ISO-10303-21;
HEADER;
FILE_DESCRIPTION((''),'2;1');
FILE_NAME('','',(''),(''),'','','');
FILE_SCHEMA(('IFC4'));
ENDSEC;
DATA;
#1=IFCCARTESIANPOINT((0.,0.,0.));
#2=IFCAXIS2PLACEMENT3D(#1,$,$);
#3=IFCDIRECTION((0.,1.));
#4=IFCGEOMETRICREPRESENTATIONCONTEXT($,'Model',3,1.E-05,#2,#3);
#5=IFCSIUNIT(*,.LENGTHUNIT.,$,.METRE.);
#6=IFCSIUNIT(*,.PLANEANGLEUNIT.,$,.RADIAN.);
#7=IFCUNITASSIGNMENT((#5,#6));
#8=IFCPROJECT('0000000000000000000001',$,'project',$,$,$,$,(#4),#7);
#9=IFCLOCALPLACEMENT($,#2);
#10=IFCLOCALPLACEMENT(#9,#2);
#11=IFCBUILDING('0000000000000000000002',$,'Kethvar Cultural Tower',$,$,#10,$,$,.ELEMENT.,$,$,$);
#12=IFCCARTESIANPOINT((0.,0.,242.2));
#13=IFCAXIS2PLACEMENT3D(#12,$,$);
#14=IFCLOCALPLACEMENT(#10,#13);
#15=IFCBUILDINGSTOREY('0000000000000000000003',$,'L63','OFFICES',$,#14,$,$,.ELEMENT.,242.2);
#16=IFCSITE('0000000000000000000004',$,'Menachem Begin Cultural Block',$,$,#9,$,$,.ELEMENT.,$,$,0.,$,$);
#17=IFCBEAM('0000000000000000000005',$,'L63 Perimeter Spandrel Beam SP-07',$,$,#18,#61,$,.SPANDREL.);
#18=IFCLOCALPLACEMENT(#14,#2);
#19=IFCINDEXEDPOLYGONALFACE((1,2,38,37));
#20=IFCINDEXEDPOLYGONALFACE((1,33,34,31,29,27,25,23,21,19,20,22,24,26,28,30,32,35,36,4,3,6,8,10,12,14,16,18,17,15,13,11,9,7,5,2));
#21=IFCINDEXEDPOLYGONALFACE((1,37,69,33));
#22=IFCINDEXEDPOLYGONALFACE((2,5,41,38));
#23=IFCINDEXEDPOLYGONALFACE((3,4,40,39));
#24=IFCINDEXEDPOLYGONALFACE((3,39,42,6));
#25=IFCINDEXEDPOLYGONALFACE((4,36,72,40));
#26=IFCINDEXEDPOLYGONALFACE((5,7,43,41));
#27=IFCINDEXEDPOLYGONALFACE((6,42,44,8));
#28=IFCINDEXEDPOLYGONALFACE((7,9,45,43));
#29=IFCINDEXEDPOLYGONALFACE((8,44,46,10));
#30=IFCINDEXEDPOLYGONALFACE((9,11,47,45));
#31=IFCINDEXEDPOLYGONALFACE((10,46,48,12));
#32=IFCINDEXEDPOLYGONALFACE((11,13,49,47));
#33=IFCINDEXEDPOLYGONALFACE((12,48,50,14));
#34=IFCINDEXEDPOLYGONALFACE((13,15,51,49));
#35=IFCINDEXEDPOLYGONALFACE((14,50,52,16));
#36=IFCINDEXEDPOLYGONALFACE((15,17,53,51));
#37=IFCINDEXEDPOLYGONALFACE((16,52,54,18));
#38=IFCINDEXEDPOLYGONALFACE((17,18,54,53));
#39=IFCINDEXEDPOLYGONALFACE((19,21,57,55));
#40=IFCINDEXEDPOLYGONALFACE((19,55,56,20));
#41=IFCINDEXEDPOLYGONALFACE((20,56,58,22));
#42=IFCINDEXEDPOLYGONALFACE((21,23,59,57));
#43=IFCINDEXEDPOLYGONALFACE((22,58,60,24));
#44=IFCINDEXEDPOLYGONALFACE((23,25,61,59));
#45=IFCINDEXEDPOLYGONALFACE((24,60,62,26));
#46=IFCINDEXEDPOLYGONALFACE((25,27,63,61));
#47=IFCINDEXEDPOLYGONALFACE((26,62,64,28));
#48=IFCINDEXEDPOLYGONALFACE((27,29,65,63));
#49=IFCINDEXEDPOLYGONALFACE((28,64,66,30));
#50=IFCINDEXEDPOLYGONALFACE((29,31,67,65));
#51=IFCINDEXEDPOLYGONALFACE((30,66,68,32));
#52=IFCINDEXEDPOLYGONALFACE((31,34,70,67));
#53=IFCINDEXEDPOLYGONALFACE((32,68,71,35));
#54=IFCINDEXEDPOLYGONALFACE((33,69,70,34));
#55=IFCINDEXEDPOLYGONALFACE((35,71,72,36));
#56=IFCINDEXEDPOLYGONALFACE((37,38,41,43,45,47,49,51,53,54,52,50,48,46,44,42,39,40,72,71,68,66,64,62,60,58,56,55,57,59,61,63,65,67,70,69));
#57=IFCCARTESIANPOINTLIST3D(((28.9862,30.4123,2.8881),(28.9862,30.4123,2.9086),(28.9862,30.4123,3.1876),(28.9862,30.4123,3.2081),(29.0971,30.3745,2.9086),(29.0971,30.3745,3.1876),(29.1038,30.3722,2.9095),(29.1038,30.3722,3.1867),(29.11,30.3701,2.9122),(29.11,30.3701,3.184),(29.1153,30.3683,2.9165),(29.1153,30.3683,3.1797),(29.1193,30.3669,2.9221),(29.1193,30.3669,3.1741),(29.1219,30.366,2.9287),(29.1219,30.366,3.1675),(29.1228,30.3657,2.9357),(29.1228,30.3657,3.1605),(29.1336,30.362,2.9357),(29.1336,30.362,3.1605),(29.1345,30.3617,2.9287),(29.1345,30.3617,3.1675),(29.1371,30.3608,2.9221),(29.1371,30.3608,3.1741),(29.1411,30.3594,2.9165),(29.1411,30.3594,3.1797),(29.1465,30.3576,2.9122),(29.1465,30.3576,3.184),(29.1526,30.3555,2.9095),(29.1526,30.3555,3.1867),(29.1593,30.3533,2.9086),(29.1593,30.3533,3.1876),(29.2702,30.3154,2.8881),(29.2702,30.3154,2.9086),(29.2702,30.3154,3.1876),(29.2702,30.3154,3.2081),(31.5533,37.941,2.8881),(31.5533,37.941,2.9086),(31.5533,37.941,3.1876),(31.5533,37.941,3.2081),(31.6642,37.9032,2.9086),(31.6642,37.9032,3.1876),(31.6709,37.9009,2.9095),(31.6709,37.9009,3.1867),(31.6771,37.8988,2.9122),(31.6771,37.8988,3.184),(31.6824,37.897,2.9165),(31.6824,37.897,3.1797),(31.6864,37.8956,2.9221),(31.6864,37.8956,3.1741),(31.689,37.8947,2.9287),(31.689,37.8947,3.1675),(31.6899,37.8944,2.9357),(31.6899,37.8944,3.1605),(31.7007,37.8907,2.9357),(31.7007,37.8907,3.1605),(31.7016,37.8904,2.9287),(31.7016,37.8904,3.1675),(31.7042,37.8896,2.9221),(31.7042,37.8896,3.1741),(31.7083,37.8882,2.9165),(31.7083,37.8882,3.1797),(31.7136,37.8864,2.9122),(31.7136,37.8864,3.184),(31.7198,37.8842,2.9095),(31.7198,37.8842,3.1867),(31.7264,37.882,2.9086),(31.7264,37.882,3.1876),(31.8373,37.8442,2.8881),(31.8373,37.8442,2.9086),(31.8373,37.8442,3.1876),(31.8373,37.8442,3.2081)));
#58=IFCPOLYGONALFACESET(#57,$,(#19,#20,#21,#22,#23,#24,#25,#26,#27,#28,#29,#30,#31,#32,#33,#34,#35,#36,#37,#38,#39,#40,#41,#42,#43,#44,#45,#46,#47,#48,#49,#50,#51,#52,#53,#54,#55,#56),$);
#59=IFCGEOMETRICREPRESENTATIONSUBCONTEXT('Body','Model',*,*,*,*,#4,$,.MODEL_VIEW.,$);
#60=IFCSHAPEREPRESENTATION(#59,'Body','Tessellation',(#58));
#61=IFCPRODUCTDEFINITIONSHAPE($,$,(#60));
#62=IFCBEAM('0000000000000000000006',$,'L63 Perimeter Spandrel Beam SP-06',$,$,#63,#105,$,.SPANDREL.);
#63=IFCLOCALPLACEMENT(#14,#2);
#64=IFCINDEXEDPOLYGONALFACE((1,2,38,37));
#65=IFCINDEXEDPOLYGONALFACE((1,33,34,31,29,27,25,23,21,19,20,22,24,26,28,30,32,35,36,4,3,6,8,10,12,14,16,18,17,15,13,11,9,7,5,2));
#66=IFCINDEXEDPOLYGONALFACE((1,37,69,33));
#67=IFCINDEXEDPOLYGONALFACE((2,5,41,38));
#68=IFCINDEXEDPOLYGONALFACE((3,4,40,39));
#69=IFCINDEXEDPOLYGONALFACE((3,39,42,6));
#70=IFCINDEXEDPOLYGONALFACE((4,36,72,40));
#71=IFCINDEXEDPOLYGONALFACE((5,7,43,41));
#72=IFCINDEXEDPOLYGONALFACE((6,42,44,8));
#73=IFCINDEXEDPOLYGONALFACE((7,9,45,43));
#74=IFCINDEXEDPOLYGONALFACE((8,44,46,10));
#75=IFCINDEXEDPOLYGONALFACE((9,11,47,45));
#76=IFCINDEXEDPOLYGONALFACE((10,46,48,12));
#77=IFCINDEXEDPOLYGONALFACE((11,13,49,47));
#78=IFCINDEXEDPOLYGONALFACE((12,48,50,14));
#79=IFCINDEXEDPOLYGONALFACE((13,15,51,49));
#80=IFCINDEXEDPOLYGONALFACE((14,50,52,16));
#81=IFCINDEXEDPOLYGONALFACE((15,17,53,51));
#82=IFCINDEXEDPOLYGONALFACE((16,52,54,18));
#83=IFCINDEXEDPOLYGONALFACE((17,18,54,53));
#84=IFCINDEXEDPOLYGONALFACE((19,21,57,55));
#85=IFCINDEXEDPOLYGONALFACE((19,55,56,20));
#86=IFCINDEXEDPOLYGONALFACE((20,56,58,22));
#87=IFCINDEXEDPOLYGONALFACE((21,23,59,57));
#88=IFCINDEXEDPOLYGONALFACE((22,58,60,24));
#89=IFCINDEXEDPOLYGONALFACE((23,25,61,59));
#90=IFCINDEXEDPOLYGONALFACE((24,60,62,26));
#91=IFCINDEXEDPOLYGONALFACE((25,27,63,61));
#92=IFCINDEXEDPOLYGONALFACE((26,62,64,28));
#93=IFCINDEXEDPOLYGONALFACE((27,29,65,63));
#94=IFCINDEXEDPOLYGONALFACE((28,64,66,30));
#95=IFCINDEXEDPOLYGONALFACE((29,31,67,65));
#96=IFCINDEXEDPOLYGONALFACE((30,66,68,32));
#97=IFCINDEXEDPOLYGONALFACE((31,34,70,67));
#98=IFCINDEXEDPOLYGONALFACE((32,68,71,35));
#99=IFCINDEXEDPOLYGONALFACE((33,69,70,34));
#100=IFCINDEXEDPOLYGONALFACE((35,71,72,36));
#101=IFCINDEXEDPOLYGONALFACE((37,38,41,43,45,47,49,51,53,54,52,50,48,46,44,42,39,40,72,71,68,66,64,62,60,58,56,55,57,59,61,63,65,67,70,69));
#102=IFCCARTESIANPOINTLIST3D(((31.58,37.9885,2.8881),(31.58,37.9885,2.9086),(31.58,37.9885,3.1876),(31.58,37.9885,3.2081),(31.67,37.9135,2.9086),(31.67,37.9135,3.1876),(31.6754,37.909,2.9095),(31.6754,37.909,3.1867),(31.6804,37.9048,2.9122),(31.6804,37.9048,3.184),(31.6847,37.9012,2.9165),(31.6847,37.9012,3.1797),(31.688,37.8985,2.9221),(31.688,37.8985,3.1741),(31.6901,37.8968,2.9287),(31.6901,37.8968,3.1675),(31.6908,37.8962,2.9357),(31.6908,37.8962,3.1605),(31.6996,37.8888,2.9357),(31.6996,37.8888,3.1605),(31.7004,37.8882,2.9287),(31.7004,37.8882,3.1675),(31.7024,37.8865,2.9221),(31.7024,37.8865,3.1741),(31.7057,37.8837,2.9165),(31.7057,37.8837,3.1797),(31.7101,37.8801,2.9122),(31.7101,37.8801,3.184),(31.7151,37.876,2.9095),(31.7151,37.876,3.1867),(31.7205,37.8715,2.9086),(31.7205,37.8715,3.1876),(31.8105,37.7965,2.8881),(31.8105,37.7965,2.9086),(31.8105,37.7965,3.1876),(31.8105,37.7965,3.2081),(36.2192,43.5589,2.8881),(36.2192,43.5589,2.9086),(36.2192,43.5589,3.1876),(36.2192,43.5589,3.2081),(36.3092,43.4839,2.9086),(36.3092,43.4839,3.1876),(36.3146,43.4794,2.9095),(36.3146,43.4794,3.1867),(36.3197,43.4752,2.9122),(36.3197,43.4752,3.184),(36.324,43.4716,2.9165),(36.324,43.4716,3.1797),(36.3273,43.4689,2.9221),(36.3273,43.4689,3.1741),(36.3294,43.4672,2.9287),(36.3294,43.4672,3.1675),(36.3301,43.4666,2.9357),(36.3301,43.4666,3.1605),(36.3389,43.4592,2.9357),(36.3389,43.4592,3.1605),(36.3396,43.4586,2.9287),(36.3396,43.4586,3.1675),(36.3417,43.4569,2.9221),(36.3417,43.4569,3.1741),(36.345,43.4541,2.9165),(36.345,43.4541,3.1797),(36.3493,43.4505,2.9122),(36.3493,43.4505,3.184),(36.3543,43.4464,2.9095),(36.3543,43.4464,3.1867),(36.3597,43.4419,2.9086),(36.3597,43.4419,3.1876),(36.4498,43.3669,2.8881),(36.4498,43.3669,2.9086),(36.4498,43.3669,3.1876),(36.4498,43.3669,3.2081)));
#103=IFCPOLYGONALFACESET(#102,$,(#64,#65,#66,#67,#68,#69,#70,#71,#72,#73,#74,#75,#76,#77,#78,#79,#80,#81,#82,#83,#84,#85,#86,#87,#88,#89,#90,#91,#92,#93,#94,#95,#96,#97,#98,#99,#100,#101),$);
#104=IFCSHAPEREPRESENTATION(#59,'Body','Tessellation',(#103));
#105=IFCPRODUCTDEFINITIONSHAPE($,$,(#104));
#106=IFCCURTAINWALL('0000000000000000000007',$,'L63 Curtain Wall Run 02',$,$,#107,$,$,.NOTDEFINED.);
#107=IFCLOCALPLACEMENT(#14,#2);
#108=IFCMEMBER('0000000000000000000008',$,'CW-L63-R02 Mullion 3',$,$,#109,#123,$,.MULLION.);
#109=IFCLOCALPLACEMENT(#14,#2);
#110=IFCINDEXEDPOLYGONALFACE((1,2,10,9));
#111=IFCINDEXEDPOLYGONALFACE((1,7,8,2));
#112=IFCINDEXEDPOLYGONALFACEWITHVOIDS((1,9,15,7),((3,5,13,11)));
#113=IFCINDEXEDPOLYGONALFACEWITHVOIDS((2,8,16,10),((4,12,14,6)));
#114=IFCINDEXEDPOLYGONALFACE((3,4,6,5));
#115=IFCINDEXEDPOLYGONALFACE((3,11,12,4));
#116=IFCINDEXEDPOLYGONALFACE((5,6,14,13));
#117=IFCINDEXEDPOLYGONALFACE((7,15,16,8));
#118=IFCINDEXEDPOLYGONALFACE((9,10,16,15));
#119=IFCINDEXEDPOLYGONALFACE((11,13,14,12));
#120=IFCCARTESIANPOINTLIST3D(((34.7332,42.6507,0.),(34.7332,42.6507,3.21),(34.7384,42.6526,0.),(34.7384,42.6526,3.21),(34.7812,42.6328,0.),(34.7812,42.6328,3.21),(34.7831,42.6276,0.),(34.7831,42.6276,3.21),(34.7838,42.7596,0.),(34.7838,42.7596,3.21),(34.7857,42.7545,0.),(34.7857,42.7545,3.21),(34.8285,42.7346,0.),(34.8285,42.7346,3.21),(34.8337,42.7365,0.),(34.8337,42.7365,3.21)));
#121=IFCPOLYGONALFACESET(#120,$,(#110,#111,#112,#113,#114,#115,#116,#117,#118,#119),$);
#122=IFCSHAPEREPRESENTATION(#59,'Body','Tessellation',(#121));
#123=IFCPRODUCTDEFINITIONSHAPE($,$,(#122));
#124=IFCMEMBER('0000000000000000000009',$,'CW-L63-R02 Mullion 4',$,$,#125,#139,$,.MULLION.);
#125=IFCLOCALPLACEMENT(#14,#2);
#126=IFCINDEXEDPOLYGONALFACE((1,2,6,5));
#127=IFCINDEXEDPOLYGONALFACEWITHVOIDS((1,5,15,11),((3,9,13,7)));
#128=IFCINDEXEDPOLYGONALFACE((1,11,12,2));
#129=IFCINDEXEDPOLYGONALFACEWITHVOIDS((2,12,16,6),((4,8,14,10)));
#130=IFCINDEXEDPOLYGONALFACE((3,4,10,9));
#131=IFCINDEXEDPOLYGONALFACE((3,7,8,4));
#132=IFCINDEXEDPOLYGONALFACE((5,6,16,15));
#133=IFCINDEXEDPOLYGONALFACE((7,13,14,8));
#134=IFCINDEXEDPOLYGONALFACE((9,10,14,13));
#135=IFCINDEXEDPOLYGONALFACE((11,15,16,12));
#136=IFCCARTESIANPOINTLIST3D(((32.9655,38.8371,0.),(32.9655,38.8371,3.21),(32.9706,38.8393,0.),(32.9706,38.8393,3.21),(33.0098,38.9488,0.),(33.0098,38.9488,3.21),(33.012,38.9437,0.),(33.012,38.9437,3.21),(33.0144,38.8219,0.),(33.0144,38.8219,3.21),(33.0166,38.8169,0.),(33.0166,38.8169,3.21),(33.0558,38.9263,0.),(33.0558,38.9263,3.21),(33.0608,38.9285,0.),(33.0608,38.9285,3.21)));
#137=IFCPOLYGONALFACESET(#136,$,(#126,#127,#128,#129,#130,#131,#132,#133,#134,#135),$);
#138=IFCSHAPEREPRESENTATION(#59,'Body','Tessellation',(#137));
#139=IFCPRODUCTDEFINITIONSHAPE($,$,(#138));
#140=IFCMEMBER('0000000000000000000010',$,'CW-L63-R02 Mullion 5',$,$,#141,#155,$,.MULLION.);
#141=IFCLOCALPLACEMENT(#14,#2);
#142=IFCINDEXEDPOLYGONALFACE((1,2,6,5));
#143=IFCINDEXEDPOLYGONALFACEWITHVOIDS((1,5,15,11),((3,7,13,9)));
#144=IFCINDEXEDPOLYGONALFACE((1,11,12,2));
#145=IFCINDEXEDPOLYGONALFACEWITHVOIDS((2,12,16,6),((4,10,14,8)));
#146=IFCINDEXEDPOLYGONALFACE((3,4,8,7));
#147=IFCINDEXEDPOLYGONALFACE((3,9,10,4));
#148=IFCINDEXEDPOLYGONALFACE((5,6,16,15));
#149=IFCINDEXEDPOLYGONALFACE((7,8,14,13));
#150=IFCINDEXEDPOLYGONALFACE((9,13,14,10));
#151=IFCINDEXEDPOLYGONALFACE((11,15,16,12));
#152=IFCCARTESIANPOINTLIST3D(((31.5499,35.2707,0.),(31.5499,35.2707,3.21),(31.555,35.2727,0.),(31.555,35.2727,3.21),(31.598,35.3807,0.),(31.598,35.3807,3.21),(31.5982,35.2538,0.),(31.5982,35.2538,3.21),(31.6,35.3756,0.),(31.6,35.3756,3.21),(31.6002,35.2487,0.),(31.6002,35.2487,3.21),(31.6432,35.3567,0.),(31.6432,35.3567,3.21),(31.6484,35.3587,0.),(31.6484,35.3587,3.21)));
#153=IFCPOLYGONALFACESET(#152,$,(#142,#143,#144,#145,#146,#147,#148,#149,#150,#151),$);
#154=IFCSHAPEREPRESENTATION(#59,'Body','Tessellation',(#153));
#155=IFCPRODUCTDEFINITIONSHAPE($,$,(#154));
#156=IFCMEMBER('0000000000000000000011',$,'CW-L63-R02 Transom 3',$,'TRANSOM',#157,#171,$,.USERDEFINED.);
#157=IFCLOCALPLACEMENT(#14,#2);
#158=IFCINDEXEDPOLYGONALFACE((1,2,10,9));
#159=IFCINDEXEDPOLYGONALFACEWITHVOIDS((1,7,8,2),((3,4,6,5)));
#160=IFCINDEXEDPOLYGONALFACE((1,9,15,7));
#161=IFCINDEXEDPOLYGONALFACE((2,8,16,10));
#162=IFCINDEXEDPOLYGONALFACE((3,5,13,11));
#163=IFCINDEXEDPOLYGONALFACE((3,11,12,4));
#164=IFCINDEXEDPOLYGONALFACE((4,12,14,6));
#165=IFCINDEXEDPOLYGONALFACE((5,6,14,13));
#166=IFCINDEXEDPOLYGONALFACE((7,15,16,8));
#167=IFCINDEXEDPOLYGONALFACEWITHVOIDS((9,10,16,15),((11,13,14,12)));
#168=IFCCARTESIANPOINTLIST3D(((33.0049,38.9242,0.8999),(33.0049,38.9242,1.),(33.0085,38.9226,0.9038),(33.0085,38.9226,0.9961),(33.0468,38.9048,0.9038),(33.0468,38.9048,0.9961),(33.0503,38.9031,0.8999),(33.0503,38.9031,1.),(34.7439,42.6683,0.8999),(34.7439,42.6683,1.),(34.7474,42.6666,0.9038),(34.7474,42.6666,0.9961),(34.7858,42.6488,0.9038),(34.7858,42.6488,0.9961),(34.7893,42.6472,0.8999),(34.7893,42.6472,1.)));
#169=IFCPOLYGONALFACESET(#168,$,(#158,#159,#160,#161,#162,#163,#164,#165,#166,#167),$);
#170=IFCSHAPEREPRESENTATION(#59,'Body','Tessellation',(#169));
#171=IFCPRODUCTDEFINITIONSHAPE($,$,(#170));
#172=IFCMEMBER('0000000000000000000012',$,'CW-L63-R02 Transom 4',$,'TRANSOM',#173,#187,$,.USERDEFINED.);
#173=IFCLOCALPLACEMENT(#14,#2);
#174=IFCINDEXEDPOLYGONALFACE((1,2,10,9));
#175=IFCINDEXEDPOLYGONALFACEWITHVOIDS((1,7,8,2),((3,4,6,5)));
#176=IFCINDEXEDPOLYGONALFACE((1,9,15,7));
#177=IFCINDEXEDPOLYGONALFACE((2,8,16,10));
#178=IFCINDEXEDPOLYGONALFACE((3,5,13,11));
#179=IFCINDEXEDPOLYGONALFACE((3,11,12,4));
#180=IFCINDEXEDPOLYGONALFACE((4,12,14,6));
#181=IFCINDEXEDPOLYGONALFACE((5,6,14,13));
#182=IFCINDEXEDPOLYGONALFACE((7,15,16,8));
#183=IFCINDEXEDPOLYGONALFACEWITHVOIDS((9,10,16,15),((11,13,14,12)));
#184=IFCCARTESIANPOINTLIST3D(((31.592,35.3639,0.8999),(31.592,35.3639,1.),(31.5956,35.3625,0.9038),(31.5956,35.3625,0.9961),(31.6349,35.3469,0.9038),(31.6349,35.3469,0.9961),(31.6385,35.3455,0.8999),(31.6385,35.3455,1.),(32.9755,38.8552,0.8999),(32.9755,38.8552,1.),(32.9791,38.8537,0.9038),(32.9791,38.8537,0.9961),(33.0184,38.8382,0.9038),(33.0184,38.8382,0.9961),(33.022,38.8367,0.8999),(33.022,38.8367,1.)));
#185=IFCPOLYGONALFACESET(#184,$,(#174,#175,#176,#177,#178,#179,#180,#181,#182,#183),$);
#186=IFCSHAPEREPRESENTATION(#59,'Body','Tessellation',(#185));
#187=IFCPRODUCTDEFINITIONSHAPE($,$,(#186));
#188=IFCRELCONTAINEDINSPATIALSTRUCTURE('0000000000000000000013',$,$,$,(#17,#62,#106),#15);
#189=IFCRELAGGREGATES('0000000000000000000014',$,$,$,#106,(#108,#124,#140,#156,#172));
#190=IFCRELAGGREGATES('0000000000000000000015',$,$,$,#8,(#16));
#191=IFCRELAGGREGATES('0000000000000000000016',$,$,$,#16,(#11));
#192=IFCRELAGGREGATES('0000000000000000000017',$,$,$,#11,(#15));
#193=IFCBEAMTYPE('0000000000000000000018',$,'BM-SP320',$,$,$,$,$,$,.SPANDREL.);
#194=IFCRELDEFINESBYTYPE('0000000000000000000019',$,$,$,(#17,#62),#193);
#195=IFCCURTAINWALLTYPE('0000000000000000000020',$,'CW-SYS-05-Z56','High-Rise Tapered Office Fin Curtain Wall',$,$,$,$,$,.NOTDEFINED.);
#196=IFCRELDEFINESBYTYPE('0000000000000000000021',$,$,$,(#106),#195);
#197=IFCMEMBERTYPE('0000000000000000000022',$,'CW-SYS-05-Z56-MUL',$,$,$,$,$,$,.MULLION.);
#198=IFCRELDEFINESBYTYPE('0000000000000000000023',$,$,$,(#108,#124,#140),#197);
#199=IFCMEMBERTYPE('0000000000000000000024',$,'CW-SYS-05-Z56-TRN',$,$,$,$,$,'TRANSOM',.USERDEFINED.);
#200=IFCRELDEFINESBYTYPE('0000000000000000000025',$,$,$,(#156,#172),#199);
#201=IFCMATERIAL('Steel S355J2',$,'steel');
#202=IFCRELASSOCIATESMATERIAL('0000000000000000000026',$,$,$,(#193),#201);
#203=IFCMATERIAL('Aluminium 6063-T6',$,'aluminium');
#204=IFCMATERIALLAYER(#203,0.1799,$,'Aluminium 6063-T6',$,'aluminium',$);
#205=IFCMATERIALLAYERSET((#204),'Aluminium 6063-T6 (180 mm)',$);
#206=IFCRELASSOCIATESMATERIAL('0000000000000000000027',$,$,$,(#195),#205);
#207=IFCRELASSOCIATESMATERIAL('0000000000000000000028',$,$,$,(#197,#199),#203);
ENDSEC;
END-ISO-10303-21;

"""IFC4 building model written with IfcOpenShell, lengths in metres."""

from ifc_helpers import new_model, si_unit, direction, frame, origin, origin_2d, place, context, subcontext, project, spatial, hollow_rectangle, i_section, extrude, source, transform, mapped, material, layer, layer_set, material_profile, profile_set, type_object, element, aggregate, save


model = new_model("IFC4")

# Units and contexts
model_context = context("Model", 3, precision=1e-05, world=origin(), true_north=direction((0.0, 1.0)))
body_context = subcontext(model_context, "Body", "Model", "MODEL_VIEW")
ifc_project = project(units=[si_unit("LENGTHUNIT", "METRE"), si_unit("PLANEANGLEUNIT", "RADIAN")], contexts=[model_context])

# Site, building, storey
site_placement = place(None, origin())
site = spatial("IfcSite", under=ifc_project, at=site_placement, Name="Menachem Begin Cultural Block", CompositionType="ELEMENT", RefElevation=0.0)
building_placement = place(site_placement, origin())
building = spatial("IfcBuilding", under=site, at=building_placement, Name="Kethvar Cultural Tower", CompositionType="ELEMENT")
storey_placement = place(building_placement, frame((0.0, 0.0, 242.2)))
storey = spatial("IfcBuildingStorey", under=building, at=storey_placement, Name="L63", Description="OFFICES", CompositionType="ELEMENT", Elevation=242.2)

# Beams
ifc_material_1 = material(Name="Steel S355J2", Category="steel")
ifc_material_profile_1 = material_profile(ifc_material_1, i_section(OverallWidth=0.3, OverallDepth=0.3201, WebThickness=0.0115, FlangeThickness=0.0205, FilletRadius=0.0271, at=origin_2d()), Name="Steel S355J2 — HEB320")
ifc_profile_set_1 = profile_set([ifc_material_profile_1], Name="Steel S355J2 — HEB320")
beam_type_1 = type_object("IfcBeamType", Name="BM-SP320", PredefinedType="SPANDREL", material=ifc_profile_set_1)
shared_shape_1 = source(origin(), body_context, "Body", "SweptSolid", [
    extrude(i_section(OverallWidth=0.3, OverallDepth=0.3201, WebThickness=0.0115, FlangeThickness=0.0205, FilletRadius=0.0271, at=origin_2d()), origin(), (0.0, 0.0, 1.0), 7.9543),
])
beam_1_placement = place(storey_placement, frame((31.6953, 37.8926, 3.0481), z_axis=(-0.32273, -0.946491, 0.0), x_axis=(0.946491, -0.32273, 0.0)))
element("IfcBeam", 1, at=beam_1_placement, inside=storey, type_object=beam_type_1, Name="L63 Perimeter Spandrel Beam SP-07", PredefinedType="SPANDREL", context=body_context, shape_type="MappedRepresentation", body=[
    mapped(shared_shape_1, transform((0.0, 0.0, 0.0), scale=1.0)),
])
shared_shape_2 = source(origin(), body_context, "Body", "SweptSolid", [
    extrude(i_section(OverallWidth=0.3, OverallDepth=0.3201, WebThickness=0.0115, FlangeThickness=0.0205, FilletRadius=0.0271, at=origin_2d()), origin(), (0.0, 0.0, 1.0), 7.2493),
])
beam_2_placement = place(storey_placement, frame((36.3345, 43.4629, 3.0481), z_axis=(-0.639959, -0.768409, 0.0), x_axis=(0.768409, -0.639959, 0.0)))
element("IfcBeam", 2, at=beam_2_placement, inside=storey, type_object=beam_type_1, Name="L63 Perimeter Spandrel Beam SP-06", PredefinedType="SPANDREL", context=body_context, shape_type="MappedRepresentation", body=[
    mapped(shared_shape_2, transform((0.0, 0.0, 0.0), scale=1.0)),
])

# Curtain wall, members
ifc_material_2 = material(Name="Aluminium 6063-T6", Category="aluminium")
ifc_layer_1 = layer(ifc_material_2, 0.1799, Name="Aluminium 6063-T6", Category="aluminium")
ifc_layer_set_1 = layer_set([ifc_layer_1], Name="Aluminium 6063-T6 (180 mm)")
curtain_wall_type = type_object("IfcCurtainWallType", Name="CW-SYS-05-Z56", Description="High-Rise Tapered Office Fin Curtain Wall", PredefinedType="NOTDEFINED", material=ifc_layer_set_1)
curtain_wall_placement = place(storey_placement, origin())
curtain_wall = element("IfcCurtainWall", 3, at=curtain_wall_placement, inside=storey, type_object=curtain_wall_type, Name="L63 Curtain Wall Run 02", PredefinedType="NOTDEFINED")
ifc_material_profile_2 = material_profile(ifc_material_2, hollow_rectangle(XDim=0.0549, YDim=0.1201, WallThickness=0.0039, at=origin_2d()), Name="Aluminium 6063-T6 — RHS120x55x4")
ifc_profile_set_2 = profile_set([ifc_material_profile_2], Name="Aluminium 6063-T6 — RHS120x55x4")
member_type_1 = type_object("IfcMemberType", Name="CW-SYS-05-Z56-MUL", PredefinedType="MULLION", material=ifc_profile_set_2)
shared_shape_3 = source(origin(), body_context, "Body", "SweptSolid", [
    extrude(hollow_rectangle(XDim=0.0549, YDim=0.1201, WallThickness=0.0039, at=origin_2d()), origin(), (0.0, 0.0, 1.0), 3.21),
])
member_1_placement = place(storey_placement, frame((34.7834, 42.6936, 0.0), z_axis=(0.0, 0.0, 1.0), x_axis=(0.906948, -0.421242, 0.0)))
member_1 = element("IfcMember", 4, at=member_1_placement, type_object=member_type_1, Name="CW-L63-R02 Mullion 3", PredefinedType="MULLION", context=body_context, shape_type="MappedRepresentation", body=[
    mapped(shared_shape_3, transform((0.0, 0.0, 0.0), scale=1.0)),
])
member_2_placement = place(storey_placement, frame((33.0132, 38.8828, 0.0), z_axis=(0.0, 0.0, 1.0), x_axis=(0.929667, -0.3684, 0.0)))
member_2 = element("IfcMember", 5, at=member_2_placement, type_object=member_type_1, Name="CW-L63-R02 Mullion 4", PredefinedType="MULLION", context=body_context, shape_type="MappedRepresentation", body=[
    mapped(shared_shape_3, transform((0.0, 0.0, 0.0), scale=1.0)),
])
member_3_placement = place(storey_placement, frame((31.5991, 35.3147, 0.0), z_axis=(0.0, 0.0, 1.0), x_axis=(0.916167, -0.400797, 0.0)))
member_3 = element("IfcMember", 6, at=member_3_placement, type_object=member_type_1, Name="CW-L63-R02 Mullion 5", PredefinedType="MULLION", context=body_context, shape_type="MappedRepresentation", body=[
    mapped(shared_shape_3, transform((0.0, 0.0, 0.0), scale=1.0)),
])
ifc_material_profile_3 = material_profile(ifc_material_2, hollow_rectangle(XDim=0.05, YDim=0.1001, WallThickness=0.0039, at=origin_2d()), Name="Aluminium 6063-T6 — RHS100x50x4")
ifc_profile_set_3 = profile_set([ifc_material_profile_3], Name="Aluminium 6063-T6 — RHS100x50x4")
member_type_2 = type_object("IfcMemberType", Name="CW-SYS-05-Z56-TRN", ElementType="TRANSOM", PredefinedType="USERDEFINED", material=ifc_profile_set_3)
shared_shape_4 = source(origin(), body_context, "Body", "SweptSolid", [
    extrude(hollow_rectangle(XDim=0.05, YDim=0.1001, WallThickness=0.0039, at=origin_2d()), origin(), (0.0, 0.0, 1.0), 4.1282),
])
member_4_placement = place(storey_placement, frame((34.7666, 42.6577, 0.95), z_axis=(-0.421243, -0.906948, 0.0), x_axis=(0.906948, -0.421243, 0.0)))
member_4 = element("IfcMember", 7, at=member_4_placement, type_object=member_type_2, Name="CW-L63-R02 Transom 3", ObjectType="TRANSOM", PredefinedType="USERDEFINED", context=body_context, shape_type="MappedRepresentation", body=[
    mapped(shared_shape_4, transform((0.0, 0.0, 0.0), scale=1.0)),
])
shared_shape_5 = source(origin(), body_context, "Body", "SweptSolid", [
    extrude(hollow_rectangle(XDim=0.05, YDim=0.1001, WallThickness=0.0039, at=origin_2d()), origin(), (0.0, 0.0, 1.0), 3.7554),
])
member_5_placement = place(storey_placement, frame((32.9988, 38.8459, 0.95), z_axis=(-0.368418, -0.92966, 0.0), x_axis=(0.92966, -0.368418, 0.0)))
member_5 = element("IfcMember", 8, at=member_5_placement, type_object=member_type_2, Name="CW-L63-R02 Transom 4", ObjectType="TRANSOM", PredefinedType="USERDEFINED", context=body_context, shape_type="MappedRepresentation", body=[
    mapped(shared_shape_5, transform((0.0, 0.0, 0.0), scale=1.0)),
])
aggregate(curtain_wall, [member_1, member_2, member_3, member_4, member_5])

save(model, "model.ifc")
